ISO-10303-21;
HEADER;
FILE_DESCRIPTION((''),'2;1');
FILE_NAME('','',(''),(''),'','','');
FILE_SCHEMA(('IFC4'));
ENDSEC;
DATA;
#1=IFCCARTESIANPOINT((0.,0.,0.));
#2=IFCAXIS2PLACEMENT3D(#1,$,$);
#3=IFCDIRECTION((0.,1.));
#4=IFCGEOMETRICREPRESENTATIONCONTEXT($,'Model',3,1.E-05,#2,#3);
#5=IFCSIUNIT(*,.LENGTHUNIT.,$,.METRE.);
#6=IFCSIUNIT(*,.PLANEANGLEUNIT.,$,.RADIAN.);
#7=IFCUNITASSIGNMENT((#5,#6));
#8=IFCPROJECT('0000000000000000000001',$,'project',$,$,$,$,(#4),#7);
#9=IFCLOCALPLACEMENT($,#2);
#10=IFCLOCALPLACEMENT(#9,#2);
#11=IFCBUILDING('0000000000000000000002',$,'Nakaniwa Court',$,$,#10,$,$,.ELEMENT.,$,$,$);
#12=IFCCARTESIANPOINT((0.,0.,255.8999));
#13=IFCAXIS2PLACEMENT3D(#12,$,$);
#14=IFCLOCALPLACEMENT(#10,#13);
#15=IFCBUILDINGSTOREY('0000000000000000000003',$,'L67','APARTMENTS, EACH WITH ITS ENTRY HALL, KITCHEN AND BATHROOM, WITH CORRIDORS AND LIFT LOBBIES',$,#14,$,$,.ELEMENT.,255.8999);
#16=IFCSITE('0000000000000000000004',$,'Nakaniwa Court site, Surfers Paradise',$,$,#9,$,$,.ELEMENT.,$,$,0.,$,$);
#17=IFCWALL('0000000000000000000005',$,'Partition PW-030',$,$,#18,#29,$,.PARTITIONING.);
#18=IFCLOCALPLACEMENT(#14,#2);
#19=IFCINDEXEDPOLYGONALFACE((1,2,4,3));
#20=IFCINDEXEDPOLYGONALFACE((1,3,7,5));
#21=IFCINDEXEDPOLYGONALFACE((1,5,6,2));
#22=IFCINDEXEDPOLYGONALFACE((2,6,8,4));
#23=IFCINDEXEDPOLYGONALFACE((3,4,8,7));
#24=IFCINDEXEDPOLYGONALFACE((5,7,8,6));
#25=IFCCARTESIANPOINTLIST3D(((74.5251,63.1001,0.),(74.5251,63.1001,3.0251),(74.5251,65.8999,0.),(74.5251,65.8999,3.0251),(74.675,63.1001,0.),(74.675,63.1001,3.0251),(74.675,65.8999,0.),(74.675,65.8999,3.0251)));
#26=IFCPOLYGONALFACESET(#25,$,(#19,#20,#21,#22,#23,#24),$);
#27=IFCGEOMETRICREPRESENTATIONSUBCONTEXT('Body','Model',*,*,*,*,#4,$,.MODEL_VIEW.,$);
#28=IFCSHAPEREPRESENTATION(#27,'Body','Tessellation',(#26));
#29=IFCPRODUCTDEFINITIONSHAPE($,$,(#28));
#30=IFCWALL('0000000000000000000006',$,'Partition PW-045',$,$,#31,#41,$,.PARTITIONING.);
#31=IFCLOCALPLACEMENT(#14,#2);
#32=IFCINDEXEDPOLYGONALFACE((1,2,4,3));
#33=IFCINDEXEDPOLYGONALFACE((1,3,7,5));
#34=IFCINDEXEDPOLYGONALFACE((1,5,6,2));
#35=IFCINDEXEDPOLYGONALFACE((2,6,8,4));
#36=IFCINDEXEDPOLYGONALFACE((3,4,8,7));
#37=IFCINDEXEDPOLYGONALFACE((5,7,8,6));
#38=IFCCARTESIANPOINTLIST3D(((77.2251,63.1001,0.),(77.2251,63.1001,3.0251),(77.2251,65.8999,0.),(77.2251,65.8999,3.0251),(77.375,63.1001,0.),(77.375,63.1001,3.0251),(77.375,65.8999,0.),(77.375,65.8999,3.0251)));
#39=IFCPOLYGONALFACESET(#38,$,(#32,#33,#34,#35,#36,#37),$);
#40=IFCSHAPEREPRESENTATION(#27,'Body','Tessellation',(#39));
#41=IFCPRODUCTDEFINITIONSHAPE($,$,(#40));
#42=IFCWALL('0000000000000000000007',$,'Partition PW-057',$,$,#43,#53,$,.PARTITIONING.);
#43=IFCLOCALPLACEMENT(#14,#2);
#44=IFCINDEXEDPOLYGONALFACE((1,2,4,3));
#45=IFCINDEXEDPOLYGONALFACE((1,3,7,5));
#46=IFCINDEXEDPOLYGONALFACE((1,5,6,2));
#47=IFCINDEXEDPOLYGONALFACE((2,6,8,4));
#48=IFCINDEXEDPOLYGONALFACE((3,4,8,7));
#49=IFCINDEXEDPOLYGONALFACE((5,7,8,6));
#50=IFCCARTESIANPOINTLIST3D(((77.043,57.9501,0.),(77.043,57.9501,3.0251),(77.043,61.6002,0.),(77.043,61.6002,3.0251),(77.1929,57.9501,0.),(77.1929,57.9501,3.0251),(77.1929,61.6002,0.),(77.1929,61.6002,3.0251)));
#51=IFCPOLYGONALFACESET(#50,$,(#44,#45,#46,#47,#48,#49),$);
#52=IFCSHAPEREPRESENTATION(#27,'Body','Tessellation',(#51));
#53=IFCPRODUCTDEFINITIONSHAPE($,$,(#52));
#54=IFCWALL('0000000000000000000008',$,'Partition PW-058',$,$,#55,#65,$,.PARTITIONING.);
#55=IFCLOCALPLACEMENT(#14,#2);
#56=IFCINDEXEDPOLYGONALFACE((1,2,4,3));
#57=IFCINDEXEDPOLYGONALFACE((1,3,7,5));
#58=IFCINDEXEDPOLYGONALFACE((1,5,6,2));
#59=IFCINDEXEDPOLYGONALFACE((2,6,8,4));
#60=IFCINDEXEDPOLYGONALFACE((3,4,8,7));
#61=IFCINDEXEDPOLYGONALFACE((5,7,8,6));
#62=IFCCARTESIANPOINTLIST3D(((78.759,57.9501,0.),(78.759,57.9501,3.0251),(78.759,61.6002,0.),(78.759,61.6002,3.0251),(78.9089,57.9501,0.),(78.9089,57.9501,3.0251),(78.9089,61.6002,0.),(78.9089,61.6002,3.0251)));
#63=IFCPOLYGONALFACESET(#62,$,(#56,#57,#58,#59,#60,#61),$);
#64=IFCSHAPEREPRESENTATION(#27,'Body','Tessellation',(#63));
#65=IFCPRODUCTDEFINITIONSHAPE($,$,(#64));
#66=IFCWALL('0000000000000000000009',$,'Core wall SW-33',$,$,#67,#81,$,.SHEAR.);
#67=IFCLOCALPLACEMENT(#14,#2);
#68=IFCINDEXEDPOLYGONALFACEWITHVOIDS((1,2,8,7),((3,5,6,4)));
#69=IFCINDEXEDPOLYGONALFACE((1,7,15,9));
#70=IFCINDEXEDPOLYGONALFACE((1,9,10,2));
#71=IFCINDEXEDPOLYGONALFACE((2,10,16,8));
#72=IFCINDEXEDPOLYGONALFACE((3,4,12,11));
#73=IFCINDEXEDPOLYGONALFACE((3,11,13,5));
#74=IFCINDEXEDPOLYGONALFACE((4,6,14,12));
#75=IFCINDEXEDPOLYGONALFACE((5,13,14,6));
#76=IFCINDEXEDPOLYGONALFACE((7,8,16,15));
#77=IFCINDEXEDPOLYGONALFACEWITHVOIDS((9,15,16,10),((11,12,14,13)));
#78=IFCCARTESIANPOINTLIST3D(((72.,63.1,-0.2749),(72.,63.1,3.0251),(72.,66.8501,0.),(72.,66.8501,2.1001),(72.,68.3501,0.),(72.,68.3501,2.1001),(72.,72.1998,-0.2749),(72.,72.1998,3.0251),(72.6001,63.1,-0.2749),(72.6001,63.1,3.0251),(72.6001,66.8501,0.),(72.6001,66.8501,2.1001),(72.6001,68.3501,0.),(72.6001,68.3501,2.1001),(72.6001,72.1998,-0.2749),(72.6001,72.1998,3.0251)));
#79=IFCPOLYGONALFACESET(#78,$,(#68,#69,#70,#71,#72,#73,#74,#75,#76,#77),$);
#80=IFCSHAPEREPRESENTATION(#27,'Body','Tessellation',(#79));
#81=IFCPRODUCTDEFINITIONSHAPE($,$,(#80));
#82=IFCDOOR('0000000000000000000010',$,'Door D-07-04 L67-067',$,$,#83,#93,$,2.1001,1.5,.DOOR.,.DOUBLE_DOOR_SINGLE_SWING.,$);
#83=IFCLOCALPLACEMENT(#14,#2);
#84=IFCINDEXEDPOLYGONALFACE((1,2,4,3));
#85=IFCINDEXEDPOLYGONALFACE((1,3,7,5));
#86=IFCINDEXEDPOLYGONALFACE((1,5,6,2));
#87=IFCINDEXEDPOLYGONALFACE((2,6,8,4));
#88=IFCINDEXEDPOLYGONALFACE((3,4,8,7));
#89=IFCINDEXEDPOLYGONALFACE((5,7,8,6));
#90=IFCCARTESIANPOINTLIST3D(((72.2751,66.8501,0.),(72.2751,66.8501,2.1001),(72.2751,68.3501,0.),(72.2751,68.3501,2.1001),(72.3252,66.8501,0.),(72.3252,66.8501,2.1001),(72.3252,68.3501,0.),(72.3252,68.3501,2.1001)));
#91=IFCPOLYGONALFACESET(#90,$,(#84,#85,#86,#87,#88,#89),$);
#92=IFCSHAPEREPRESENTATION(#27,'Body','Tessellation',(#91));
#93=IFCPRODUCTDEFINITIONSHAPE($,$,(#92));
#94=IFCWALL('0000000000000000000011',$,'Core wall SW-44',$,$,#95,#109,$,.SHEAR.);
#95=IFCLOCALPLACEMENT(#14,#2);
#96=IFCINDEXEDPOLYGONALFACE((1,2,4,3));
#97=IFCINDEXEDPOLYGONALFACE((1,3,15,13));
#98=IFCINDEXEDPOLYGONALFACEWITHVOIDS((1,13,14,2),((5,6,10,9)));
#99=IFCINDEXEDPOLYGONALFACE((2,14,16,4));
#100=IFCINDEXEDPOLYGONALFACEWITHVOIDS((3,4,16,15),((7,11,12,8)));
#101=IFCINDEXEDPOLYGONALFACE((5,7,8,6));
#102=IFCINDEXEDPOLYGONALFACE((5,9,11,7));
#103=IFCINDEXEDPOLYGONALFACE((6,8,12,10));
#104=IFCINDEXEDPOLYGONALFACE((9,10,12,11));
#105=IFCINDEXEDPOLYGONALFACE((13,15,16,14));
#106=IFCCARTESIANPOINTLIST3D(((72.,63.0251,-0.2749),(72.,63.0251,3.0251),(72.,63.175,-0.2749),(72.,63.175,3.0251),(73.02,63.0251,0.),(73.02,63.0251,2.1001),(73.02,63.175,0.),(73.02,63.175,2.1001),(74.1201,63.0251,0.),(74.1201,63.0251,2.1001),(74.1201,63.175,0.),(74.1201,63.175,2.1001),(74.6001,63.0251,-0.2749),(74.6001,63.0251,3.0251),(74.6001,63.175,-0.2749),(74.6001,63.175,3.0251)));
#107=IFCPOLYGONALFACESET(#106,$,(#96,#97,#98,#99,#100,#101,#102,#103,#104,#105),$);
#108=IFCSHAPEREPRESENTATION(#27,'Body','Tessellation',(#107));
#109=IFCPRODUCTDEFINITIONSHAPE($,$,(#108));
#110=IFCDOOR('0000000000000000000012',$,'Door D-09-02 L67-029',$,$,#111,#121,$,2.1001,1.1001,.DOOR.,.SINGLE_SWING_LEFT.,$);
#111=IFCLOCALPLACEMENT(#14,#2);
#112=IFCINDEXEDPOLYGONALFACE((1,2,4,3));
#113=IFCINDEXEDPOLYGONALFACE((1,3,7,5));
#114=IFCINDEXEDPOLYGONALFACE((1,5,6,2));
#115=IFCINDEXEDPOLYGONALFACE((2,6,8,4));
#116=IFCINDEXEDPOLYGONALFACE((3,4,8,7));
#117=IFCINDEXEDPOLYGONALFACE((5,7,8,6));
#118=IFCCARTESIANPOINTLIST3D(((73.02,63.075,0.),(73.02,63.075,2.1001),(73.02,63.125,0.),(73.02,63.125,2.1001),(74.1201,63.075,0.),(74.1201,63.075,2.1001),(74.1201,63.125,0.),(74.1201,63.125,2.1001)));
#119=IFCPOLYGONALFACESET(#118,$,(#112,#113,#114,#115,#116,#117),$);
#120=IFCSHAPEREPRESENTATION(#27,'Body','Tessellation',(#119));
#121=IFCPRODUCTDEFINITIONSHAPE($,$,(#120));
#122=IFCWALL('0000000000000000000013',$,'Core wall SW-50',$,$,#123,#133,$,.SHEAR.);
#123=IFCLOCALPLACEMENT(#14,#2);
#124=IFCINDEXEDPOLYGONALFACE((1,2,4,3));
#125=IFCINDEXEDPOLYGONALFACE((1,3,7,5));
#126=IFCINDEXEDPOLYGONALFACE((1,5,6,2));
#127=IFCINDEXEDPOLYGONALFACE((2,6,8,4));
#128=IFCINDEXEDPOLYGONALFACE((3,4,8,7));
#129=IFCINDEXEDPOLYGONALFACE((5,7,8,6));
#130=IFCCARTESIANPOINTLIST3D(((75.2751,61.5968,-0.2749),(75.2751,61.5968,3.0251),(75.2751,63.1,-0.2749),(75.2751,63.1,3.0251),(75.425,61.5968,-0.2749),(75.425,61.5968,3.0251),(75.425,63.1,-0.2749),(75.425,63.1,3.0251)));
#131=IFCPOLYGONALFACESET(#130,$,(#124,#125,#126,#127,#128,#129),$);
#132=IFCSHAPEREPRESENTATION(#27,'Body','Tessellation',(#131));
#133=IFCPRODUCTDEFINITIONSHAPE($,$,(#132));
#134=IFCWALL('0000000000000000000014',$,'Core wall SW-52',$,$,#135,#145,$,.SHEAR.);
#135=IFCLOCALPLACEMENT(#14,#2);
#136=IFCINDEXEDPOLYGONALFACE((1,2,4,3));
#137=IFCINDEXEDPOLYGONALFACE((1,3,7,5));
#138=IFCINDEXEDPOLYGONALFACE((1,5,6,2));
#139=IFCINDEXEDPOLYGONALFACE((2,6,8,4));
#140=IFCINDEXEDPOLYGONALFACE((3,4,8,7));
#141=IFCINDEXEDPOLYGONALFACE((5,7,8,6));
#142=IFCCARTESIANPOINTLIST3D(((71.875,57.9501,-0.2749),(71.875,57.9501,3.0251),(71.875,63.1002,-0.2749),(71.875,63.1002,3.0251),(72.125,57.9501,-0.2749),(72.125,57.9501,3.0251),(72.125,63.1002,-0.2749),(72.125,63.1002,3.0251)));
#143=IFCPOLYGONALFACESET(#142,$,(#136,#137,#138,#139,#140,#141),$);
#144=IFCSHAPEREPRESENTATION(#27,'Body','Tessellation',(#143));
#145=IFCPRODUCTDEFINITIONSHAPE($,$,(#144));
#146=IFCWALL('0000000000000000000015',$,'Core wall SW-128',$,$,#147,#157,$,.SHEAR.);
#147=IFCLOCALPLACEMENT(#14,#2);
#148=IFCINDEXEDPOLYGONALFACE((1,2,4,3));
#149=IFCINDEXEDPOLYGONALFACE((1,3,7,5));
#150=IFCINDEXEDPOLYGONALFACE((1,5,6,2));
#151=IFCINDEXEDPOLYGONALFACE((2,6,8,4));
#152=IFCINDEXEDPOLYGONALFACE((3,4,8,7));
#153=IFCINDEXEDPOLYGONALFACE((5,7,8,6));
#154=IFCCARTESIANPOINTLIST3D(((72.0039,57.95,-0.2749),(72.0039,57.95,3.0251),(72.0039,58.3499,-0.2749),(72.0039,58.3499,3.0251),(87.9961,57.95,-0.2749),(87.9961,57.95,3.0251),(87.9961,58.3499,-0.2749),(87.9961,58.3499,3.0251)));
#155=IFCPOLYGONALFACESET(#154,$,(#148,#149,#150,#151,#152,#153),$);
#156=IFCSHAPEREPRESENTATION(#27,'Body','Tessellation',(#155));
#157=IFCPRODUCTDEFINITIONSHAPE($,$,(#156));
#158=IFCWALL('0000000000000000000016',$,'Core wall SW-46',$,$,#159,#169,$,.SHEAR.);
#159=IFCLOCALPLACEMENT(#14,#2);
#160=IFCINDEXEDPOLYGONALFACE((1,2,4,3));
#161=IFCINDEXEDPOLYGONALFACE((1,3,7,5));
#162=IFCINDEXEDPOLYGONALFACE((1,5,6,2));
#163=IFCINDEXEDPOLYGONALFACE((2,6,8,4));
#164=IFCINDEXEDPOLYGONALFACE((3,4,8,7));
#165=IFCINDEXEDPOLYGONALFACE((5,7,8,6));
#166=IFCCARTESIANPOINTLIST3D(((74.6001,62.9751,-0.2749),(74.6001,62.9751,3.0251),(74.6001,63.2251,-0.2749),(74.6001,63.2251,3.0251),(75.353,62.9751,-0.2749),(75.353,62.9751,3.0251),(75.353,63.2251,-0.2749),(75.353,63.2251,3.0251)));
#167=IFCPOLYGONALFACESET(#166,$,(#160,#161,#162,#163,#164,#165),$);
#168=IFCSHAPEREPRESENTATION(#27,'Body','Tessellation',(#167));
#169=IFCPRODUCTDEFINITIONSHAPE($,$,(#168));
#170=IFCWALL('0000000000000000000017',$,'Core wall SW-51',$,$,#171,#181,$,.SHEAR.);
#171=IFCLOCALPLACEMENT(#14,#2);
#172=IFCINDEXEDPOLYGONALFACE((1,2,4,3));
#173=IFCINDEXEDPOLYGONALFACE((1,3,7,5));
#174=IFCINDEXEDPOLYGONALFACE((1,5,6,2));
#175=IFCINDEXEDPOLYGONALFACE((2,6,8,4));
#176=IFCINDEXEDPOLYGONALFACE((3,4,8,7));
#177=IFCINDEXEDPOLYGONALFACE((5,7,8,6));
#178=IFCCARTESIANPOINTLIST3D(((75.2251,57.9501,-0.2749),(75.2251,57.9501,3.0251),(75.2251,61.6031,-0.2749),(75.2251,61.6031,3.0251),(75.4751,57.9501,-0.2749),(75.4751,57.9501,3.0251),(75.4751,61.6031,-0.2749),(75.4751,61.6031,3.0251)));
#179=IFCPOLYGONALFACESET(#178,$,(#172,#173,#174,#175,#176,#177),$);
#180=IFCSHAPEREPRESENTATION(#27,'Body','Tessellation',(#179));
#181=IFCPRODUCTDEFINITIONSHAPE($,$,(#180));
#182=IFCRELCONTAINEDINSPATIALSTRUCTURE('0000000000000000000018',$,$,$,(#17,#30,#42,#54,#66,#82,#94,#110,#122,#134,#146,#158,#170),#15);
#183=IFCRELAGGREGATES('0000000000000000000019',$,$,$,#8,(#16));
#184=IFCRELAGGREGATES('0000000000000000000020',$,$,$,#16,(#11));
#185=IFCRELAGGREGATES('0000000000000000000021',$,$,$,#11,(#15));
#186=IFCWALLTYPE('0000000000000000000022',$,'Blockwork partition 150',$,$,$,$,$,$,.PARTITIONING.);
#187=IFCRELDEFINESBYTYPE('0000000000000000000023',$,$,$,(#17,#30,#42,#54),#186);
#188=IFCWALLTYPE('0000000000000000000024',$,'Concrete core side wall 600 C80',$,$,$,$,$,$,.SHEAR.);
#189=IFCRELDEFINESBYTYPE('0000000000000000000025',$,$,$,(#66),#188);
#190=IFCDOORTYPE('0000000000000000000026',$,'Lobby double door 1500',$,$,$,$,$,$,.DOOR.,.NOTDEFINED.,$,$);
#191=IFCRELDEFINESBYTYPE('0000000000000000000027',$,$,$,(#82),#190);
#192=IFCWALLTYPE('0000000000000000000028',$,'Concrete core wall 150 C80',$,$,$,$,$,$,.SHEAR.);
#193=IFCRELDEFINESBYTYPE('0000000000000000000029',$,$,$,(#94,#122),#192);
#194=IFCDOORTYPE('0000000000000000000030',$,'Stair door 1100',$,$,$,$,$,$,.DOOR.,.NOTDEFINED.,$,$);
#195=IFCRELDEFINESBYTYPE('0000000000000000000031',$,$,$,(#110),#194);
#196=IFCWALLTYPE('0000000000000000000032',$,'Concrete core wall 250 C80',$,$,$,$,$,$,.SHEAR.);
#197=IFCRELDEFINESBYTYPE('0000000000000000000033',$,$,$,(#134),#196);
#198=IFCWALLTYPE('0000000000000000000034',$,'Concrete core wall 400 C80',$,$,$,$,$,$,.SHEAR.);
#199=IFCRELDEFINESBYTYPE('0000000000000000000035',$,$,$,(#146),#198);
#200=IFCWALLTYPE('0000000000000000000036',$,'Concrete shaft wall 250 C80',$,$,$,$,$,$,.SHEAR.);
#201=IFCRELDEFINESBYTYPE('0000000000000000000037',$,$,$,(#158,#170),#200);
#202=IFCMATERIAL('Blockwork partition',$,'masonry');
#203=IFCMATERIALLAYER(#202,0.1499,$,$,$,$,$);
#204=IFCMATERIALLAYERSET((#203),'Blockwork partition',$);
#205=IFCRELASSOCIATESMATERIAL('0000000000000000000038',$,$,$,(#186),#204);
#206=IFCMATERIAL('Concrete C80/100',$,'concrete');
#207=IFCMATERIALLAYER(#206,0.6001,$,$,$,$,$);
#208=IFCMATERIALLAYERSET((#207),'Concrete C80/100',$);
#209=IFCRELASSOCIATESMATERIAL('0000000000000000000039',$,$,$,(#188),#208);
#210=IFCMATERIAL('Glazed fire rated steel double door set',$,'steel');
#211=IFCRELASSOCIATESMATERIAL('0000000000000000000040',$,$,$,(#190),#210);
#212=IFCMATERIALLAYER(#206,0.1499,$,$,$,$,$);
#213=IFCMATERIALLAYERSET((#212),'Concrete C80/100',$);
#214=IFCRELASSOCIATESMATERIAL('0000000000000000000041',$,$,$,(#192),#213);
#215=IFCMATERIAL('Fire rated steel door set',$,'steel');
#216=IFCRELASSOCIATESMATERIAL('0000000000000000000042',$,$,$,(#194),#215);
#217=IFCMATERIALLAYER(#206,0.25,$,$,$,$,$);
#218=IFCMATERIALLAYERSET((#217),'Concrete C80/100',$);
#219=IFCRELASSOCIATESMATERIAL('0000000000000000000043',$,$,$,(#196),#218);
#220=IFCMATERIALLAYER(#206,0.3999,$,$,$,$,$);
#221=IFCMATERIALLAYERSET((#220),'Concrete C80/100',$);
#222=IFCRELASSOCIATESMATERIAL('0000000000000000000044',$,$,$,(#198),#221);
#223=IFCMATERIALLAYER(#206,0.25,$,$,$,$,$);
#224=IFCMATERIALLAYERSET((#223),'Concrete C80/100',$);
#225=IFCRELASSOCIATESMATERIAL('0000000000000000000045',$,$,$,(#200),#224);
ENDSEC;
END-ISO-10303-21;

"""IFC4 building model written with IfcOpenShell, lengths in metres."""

from ifc_helpers import new_model, si_unit, direction, frame, frame_2d, origin, place, context, subcontext, project, spatial, rectangle, extrude, material, layer, layer_set, type_object, element, fill, save


model = new_model("IFC4")

# Units and contexts
model_context = context("Model", 3, precision=1e-05, world=origin(), true_north=direction((0.0, 1.0)))
body_context = subcontext(model_context, "Body", "Model", "MODEL_VIEW")
ifc_project = project(units=[si_unit("LENGTHUNIT", "METRE"), si_unit("PLANEANGLEUNIT", "RADIAN")], contexts=[model_context])

# Site, building, storey
site_placement = place(None, origin())
site = spatial("IfcSite", under=ifc_project, at=site_placement, Name="Nakaniwa Court site, Surfers Paradise", CompositionType="ELEMENT", RefElevation=0.0)
building_placement = place(site_placement, origin())
building = spatial("IfcBuilding", under=site, at=building_placement, Name="Nakaniwa Court", CompositionType="ELEMENT")
storey_placement = place(building_placement, frame((0.0, 0.0, 255.8999)))
storey = spatial("IfcBuildingStorey", under=building, at=storey_placement, Name="L67", Description="APARTMENTS, EACH WITH ITS ENTRY HALL, KITCHEN AND BATHROOM, WITH CORRIDORS AND LIFT LOBBIES", CompositionType="ELEMENT", Elevation=255.8999)

# Walls
ifc_material_1 = material(Name="Blockwork partition", Category="masonry")
ifc_layer_1 = layer(ifc_material_1, 0.1499)
ifc_layer_set_1 = layer_set([ifc_layer_1], Name="Blockwork partition")
wall_type_1 = type_object("IfcWallType", Name="Blockwork partition 150", PredefinedType="PARTITIONING", material=ifc_layer_set_1)
for number, where, z_axis, x_axis, name in (
    (1, (74.6001, 63.1001, 0.0), (0.0, 0.0, 1.0), (0.0, 1.0, 0.0), "Partition PW-030"),
    (2, (77.3, 63.1001, 0.0), (0.0, 0.0, 1.0), (0.0, 1.0, 0.0), "Partition PW-045"),
):
    element("IfcWall", number, at=place(storey_placement, frame(where, z_axis=z_axis, x_axis=x_axis)), inside=storey, type_object=wall_type_1, Name=name, PredefinedType="PARTITIONING", context=body_context, shape_type="SweptSolid", body=[
        extrude(rectangle(XDim=2.7998, YDim=0.1499, at=frame_2d((1.3999, 0.0))), origin(), (0.0, 0.0, 1.0), 3.0251),
    ])
for number, where, z_axis, x_axis, name in (
    (3, (77.1179, 57.95, 0.0), (0.0, 0.0, 1.0), (0.0, 1.0, 0.0), "Partition PW-057"),
    (4, (78.834, 57.95, 0.0), (0.0, 0.0, 1.0), (0.0, 1.0, 0.0), "Partition PW-058"),
):
    element("IfcWall", number, at=place(storey_placement, frame(where, z_axis=z_axis, x_axis=x_axis)), inside=storey, type_object=wall_type_1, Name=name, PredefinedType="PARTITIONING", context=body_context, shape_type="SweptSolid", body=[
        extrude(rectangle(XDim=3.6501, YDim=0.1499, at=frame_2d((1.8252, 0.0))), origin(), (0.0, 0.0, 1.0), 3.0251),
    ])

# Walls, openings, doors
ifc_material_2 = material(Name="Concrete C80/100", Category="concrete")
ifc_layer_2 = layer(ifc_material_2, 0.6001)
ifc_layer_set_2 = layer_set([ifc_layer_2], Name="Concrete C80/100")
wall_type_2 = type_object("IfcWallType", Name="Concrete core side wall 600 C80", PredefinedType="SHEAR", material=ifc_layer_set_2)
wall_1_placement = place(storey_placement, frame((72.3, 63.1001, -0.2749), z_axis=(0.0, 0.0, 1.0), x_axis=(0.0, 1.0, 0.0)))
wall_1 = element("IfcWall", 5, at=wall_1_placement, inside=storey, type_object=wall_type_2, Name="Core wall SW-33", PredefinedType="SHEAR", context=body_context, shape_type="SweptSolid", body=[
    extrude(rectangle(XDim=9.0999, YDim=0.6001, at=frame_2d((4.5498, 0.0))), origin(), (0.0, 0.0, 1.0), 3.3),
])
opening_1_placement = place(wall_1_placement, frame((3.75, 0.0, 0.2749)))
opening_1 = element("IfcOpeningElement", 6, at=opening_1_placement, cuts=wall_1, PredefinedType="OPENING", context=body_context, shape_type="SweptSolid", body=[
    extrude(rectangle(XDim=1.5, YDim=2.1001, at=frame_2d((0.75, 1.05))), frame((0.0, 0.3101, 0.0), z_axis=(0.0, -1.0, 0.0), x_axis=(1.0, 0.0, 0.0)), (0.0, 0.0, 1.0), 0.6201),
])
ifc_material_3 = material(Name="Glazed fire rated steel double door set", Category="steel")
door_type_1 = type_object("IfcDoorType", Name="Lobby double door 1500", OperationType="NOTDEFINED", PredefinedType="DOOR", material=ifc_material_3)
door_1_placement = place(opening_1_placement, origin())
door_1 = element("IfcDoor", 7, at=door_1_placement, inside=storey, type_object=door_type_1, Name="Door D-07-04 L67-067", OperationType="DOUBLE_DOOR_SINGLE_SWING", OverallHeight=2.1001, OverallWidth=1.5, PredefinedType="DOOR", context=body_context, shape_type="SweptSolid", body=[
    extrude(rectangle(XDim=1.5, YDim=2.1001, at=frame_2d((0.75, 1.05))), frame((0.0, 0.0249, 0.0), z_axis=(0.0, -1.0, 0.0), x_axis=(1.0, 0.0, 0.0)), (0.0, 0.0, 1.0), 0.05),
])
fill(opening_1, door_1)
ifc_layer_3 = layer(ifc_material_2, 0.1499)
ifc_layer_set_3 = layer_set([ifc_layer_3], Name="Concrete C80/100")
wall_type_3 = type_object("IfcWallType", Name="Concrete core wall 150 C80", PredefinedType="SHEAR", material=ifc_layer_set_3)
wall_2_placement = place(storey_placement, frame((72.0, 63.1001, -0.2749), z_axis=(0.0, 0.0, 1.0), x_axis=(1.0, 0.0, 0.0)))
wall_2 = element("IfcWall", 8, at=wall_2_placement, inside=storey, type_object=wall_type_3, Name="Core wall SW-44", PredefinedType="SHEAR", context=body_context, shape_type="SweptSolid", body=[
    extrude(rectangle(XDim=2.6001, YDim=0.1499, at=frame_2d((1.3, 0.0))), origin(), (0.0, 0.0, 1.0), 3.3),
])
opening_2_placement = place(wall_2_placement, frame((1.02, 0.0, 0.2749)))
opening_2 = element("IfcOpeningElement", 9, at=opening_2_placement, cuts=wall_2, PredefinedType="OPENING", context=body_context, shape_type="SweptSolid", body=[
    extrude(rectangle(XDim=1.1001, YDim=2.1001, at=frame_2d((0.55, 1.05))), frame((0.0, 0.085, 0.0), z_axis=(0.0, -1.0, 0.0), x_axis=(1.0, 0.0, 0.0)), (0.0, 0.0, 1.0), 0.1699),
])
ifc_material_4 = material(Name="Fire rated steel door set", Category="steel")
door_type_2 = type_object("IfcDoorType", Name="Stair door 1100", OperationType="NOTDEFINED", PredefinedType="DOOR", material=ifc_material_4)
door_2_placement = place(opening_2_placement, origin())
door_2 = element("IfcDoor", 10, at=door_2_placement, inside=storey, type_object=door_type_2, Name="Door D-09-02 L67-029", OperationType="SINGLE_SWING_LEFT", OverallHeight=2.1001, OverallWidth=1.1001, PredefinedType="DOOR", context=body_context, shape_type="SweptSolid", body=[
    extrude(rectangle(XDim=1.1001, YDim=2.1001, at=frame_2d((0.55, 1.05))), frame((0.0, 0.0249, 0.0), z_axis=(0.0, -1.0, 0.0), x_axis=(1.0, 0.0, 0.0)), (0.0, 0.0, 1.0), 0.05),
])
fill(opening_2, door_2)

# Walls
wall_3_placement = place(storey_placement, frame((75.3501, 61.5969, -0.2749), z_axis=(0.0, 0.0, 1.0), x_axis=(0.0, 1.0, 0.0)))
element("IfcWall", 11, at=wall_3_placement, inside=storey, type_object=wall_type_3, Name="Core wall SW-50", PredefinedType="SHEAR", context=body_context, shape_type="SweptSolid", body=[
    extrude(rectangle(XDim=1.5032, YDim=0.1499, at=frame_2d((0.7515, 0.0))), origin(), (0.0, 0.0, 1.0), 3.3),
])
ifc_layer_4 = layer(ifc_material_2, 0.25)
ifc_layer_set_4 = layer_set([ifc_layer_4], Name="Concrete C80/100")
wall_type_4 = type_object("IfcWallType", Name="Concrete core wall 250 C80", PredefinedType="SHEAR", material=ifc_layer_set_4)
wall_4_placement = place(storey_placement, frame((72.0, 57.95, -0.2749), z_axis=(0.0, 0.0, 1.0), x_axis=(0.0, 1.0, 0.0)))
element("IfcWall", 12, at=wall_4_placement, inside=storey, type_object=wall_type_4, Name="Core wall SW-52", PredefinedType="SHEAR", context=body_context, shape_type="SweptSolid", body=[
    extrude(rectangle(XDim=5.1501, YDim=0.25, at=frame_2d((2.5752, 0.0))), origin(), (0.0, 0.0, 1.0), 3.3),
])
ifc_layer_5 = layer(ifc_material_2, 0.3999)
ifc_layer_set_5 = layer_set([ifc_layer_5], Name="Concrete C80/100")
wall_type_5 = type_object("IfcWallType", Name="Concrete core wall 400 C80", PredefinedType="SHEAR", material=ifc_layer_set_5)
wall_5_placement = place(storey_placement, frame((72.0039, 58.1499, -0.2749), z_axis=(0.0, 0.0, 1.0), x_axis=(1.0, 0.0, 0.0)))
element("IfcWall", 13, at=wall_5_placement, inside=storey, type_object=wall_type_5, Name="Core wall SW-128", PredefinedType="SHEAR", context=body_context, shape_type="SweptSolid", body=[
    extrude(rectangle(XDim=15.9922, YDim=0.3999, at=frame_2d((7.9961, 0.0))), origin(), (0.0, 0.0, 1.0), 3.3),
])
ifc_layer_6 = layer(ifc_material_2, 0.25)
ifc_layer_set_6 = layer_set([ifc_layer_6], Name="Concrete C80/100")
wall_type_6 = type_object("IfcWallType", Name="Concrete shaft wall 250 C80", PredefinedType="SHEAR", material=ifc_layer_set_6)
wall_6_placement = place(storey_placement, frame((74.6001, 63.1001, -0.2749), z_axis=(0.0, 0.0, 1.0), x_axis=(1.0, 0.0, 0.0)))
element("IfcWall", 14, at=wall_6_placement, inside=storey, type_object=wall_type_6, Name="Core wall SW-46", PredefinedType="SHEAR", context=body_context, shape_type="SweptSolid", body=[
    extrude(rectangle(XDim=0.7529, YDim=0.25, at=frame_2d((0.3765, 0.0))), origin(), (0.0, 0.0, 1.0), 3.3),
])
wall_7_placement = place(storey_placement, frame((75.3501, 57.95, -0.2749), z_axis=(0.0, 0.0, 1.0), x_axis=(0.0, 1.0, 0.0)))
element("IfcWall", 15, at=wall_7_placement, inside=storey, type_object=wall_type_6, Name="Core wall SW-51", PredefinedType="SHEAR", context=body_context, shape_type="SweptSolid", body=[
    extrude(rectangle(XDim=3.6531, YDim=0.25, at=frame_2d((1.8267, 0.0))), origin(), (0.0, 0.0, 1.0), 3.3),
])

save(model, "model.ifc")
